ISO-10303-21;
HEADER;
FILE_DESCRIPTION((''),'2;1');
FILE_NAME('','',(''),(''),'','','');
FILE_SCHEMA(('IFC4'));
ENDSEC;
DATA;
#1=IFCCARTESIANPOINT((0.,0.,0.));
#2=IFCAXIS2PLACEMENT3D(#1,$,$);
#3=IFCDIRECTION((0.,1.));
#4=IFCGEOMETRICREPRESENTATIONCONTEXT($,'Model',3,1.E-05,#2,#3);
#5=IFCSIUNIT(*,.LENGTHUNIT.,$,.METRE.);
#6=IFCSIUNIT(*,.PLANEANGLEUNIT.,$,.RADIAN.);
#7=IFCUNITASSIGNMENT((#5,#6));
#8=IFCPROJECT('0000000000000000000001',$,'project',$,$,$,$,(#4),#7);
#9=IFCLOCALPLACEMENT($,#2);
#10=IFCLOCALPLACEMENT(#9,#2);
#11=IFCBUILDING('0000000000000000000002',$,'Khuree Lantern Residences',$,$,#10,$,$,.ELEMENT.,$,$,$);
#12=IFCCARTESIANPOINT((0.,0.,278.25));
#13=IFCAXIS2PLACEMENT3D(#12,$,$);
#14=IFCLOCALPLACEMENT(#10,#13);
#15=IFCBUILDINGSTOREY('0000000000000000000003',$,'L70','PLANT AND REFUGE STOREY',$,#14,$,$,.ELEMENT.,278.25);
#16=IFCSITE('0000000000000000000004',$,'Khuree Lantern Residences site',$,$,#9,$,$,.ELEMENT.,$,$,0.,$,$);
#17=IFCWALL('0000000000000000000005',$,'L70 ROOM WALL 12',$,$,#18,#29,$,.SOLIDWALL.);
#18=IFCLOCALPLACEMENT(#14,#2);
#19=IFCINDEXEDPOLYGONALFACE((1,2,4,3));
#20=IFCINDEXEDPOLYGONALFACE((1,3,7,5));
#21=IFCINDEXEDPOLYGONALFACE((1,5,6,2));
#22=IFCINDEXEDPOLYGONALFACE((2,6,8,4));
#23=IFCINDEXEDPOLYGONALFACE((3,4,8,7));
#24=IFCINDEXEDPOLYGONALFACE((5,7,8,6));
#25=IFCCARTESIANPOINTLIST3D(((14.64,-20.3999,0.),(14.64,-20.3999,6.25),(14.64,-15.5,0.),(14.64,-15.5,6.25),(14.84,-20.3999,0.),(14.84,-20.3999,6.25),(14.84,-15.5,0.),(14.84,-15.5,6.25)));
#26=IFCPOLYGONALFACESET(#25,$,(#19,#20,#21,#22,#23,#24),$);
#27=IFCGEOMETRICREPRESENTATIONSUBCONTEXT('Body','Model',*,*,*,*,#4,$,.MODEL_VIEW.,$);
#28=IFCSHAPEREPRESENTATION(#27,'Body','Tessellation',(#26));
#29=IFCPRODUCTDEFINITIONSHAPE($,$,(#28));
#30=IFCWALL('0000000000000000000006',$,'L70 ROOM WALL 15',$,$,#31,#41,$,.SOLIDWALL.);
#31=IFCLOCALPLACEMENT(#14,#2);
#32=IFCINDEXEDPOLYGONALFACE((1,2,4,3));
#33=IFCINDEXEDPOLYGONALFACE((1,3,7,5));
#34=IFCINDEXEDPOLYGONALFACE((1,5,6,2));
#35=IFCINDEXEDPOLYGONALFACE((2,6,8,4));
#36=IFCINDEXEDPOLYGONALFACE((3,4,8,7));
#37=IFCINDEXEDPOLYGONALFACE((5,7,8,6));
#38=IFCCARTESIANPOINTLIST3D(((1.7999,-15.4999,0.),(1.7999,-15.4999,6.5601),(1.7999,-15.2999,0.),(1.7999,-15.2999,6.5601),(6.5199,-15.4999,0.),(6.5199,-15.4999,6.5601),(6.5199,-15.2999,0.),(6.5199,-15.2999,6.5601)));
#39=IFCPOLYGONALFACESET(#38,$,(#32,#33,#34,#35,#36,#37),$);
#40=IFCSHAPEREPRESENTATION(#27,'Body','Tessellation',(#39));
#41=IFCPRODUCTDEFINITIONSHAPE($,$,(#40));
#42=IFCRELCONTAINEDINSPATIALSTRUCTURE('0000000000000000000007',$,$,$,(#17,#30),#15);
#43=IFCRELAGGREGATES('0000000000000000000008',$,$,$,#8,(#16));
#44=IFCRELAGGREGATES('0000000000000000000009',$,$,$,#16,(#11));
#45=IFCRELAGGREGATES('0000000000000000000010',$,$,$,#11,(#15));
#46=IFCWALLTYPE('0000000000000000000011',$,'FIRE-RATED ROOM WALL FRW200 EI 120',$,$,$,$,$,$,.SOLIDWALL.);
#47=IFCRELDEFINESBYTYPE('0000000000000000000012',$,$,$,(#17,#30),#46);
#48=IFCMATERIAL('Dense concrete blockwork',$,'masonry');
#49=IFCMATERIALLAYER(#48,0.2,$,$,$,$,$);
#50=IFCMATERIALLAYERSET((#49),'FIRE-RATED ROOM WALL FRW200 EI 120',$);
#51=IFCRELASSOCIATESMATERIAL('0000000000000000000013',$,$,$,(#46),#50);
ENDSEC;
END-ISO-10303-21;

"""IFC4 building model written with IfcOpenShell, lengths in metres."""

from ifc_helpers import new_model, si_unit, direction, frame, frame_2d, origin, place, context, subcontext, project, spatial, rectangle, extrude, material, layer, layer_set, type_object, element, save


model = new_model("IFC4")

# Units and contexts
model_context = context("Model", 3, precision=1e-05, world=origin(), true_north=direction((0.0, 1.0)))
body_context = subcontext(model_context, "Body", "Model", "MODEL_VIEW")
ifc_project = project(units=[si_unit("LENGTHUNIT", "METRE"), si_unit("PLANEANGLEUNIT", "RADIAN")], contexts=[model_context])

# Site, building, storey
site_placement = place(None, origin())
site = spatial("IfcSite", under=ifc_project, at=site_placement, Name="Khuree Lantern Residences site", CompositionType="ELEMENT", RefElevation=0.0)
building_placement = place(site_placement, origin())
building = spatial("IfcBuilding", under=site, at=building_placement, Name="Khuree Lantern Residences", CompositionType="ELEMENT")
storey_placement = place(building_placement, frame((0.0, 0.0, 278.25)))
storey = spatial("IfcBuildingStorey", under=building, at=storey_placement, Name="L70", Description="PLANT AND REFUGE STOREY", CompositionType="ELEMENT", Elevation=278.25)

# Shared definitions
ifc_material_1 = material(Name="Dense concrete blockwork", Category="masonry")

# Walls
ifc_layer_1 = layer(ifc_material_1, 0.2)
ifc_layer_set_1 = layer_set([ifc_layer_1], Name="FIRE-RATED ROOM WALL FRW200 EI 120")
wall_type_1 = type_object("IfcWallType", Name="FIRE-RATED ROOM WALL FRW200 EI 120", PredefinedType="SOLIDWALL", material=ifc_layer_set_1)
wall_1_placement = place(storey_placement, frame((14.74, -20.3999, 0.0), z_axis=(0.0, 0.0, 1.0), x_axis=(0.0, 1.0, 0.0)))
element("IfcWall", 1, at=wall_1_placement, inside=storey, type_object=wall_type_1, Name="L70 ROOM WALL 12", PredefinedType="SOLIDWALL", context=body_context, shape_type="SweptSolid", body=[
    extrude(rectangle(XDim=4.8999, YDim=0.2, at=frame_2d((2.45, 0.0))), origin(), (0.0, 0.0, 1.0), 6.25),
])
wall_2_placement = place(storey_placement, frame((1.8, -15.3999, 0.0), z_axis=(0.0, 0.0, 1.0), x_axis=(1.0, 0.0, 0.0)))
element("IfcWall", 2, at=wall_2_placement, inside=storey, type_object=wall_type_1, Name="L70 ROOM WALL 15", PredefinedType="SOLIDWALL", context=body_context, shape_type="SweptSolid", body=[
    extrude(rectangle(XDim=4.72, YDim=0.2, at=frame_2d((2.3599, 0.0))), origin(), (0.0, 0.0, 1.0), 6.5601),
])

save(model, "model.ifc")
